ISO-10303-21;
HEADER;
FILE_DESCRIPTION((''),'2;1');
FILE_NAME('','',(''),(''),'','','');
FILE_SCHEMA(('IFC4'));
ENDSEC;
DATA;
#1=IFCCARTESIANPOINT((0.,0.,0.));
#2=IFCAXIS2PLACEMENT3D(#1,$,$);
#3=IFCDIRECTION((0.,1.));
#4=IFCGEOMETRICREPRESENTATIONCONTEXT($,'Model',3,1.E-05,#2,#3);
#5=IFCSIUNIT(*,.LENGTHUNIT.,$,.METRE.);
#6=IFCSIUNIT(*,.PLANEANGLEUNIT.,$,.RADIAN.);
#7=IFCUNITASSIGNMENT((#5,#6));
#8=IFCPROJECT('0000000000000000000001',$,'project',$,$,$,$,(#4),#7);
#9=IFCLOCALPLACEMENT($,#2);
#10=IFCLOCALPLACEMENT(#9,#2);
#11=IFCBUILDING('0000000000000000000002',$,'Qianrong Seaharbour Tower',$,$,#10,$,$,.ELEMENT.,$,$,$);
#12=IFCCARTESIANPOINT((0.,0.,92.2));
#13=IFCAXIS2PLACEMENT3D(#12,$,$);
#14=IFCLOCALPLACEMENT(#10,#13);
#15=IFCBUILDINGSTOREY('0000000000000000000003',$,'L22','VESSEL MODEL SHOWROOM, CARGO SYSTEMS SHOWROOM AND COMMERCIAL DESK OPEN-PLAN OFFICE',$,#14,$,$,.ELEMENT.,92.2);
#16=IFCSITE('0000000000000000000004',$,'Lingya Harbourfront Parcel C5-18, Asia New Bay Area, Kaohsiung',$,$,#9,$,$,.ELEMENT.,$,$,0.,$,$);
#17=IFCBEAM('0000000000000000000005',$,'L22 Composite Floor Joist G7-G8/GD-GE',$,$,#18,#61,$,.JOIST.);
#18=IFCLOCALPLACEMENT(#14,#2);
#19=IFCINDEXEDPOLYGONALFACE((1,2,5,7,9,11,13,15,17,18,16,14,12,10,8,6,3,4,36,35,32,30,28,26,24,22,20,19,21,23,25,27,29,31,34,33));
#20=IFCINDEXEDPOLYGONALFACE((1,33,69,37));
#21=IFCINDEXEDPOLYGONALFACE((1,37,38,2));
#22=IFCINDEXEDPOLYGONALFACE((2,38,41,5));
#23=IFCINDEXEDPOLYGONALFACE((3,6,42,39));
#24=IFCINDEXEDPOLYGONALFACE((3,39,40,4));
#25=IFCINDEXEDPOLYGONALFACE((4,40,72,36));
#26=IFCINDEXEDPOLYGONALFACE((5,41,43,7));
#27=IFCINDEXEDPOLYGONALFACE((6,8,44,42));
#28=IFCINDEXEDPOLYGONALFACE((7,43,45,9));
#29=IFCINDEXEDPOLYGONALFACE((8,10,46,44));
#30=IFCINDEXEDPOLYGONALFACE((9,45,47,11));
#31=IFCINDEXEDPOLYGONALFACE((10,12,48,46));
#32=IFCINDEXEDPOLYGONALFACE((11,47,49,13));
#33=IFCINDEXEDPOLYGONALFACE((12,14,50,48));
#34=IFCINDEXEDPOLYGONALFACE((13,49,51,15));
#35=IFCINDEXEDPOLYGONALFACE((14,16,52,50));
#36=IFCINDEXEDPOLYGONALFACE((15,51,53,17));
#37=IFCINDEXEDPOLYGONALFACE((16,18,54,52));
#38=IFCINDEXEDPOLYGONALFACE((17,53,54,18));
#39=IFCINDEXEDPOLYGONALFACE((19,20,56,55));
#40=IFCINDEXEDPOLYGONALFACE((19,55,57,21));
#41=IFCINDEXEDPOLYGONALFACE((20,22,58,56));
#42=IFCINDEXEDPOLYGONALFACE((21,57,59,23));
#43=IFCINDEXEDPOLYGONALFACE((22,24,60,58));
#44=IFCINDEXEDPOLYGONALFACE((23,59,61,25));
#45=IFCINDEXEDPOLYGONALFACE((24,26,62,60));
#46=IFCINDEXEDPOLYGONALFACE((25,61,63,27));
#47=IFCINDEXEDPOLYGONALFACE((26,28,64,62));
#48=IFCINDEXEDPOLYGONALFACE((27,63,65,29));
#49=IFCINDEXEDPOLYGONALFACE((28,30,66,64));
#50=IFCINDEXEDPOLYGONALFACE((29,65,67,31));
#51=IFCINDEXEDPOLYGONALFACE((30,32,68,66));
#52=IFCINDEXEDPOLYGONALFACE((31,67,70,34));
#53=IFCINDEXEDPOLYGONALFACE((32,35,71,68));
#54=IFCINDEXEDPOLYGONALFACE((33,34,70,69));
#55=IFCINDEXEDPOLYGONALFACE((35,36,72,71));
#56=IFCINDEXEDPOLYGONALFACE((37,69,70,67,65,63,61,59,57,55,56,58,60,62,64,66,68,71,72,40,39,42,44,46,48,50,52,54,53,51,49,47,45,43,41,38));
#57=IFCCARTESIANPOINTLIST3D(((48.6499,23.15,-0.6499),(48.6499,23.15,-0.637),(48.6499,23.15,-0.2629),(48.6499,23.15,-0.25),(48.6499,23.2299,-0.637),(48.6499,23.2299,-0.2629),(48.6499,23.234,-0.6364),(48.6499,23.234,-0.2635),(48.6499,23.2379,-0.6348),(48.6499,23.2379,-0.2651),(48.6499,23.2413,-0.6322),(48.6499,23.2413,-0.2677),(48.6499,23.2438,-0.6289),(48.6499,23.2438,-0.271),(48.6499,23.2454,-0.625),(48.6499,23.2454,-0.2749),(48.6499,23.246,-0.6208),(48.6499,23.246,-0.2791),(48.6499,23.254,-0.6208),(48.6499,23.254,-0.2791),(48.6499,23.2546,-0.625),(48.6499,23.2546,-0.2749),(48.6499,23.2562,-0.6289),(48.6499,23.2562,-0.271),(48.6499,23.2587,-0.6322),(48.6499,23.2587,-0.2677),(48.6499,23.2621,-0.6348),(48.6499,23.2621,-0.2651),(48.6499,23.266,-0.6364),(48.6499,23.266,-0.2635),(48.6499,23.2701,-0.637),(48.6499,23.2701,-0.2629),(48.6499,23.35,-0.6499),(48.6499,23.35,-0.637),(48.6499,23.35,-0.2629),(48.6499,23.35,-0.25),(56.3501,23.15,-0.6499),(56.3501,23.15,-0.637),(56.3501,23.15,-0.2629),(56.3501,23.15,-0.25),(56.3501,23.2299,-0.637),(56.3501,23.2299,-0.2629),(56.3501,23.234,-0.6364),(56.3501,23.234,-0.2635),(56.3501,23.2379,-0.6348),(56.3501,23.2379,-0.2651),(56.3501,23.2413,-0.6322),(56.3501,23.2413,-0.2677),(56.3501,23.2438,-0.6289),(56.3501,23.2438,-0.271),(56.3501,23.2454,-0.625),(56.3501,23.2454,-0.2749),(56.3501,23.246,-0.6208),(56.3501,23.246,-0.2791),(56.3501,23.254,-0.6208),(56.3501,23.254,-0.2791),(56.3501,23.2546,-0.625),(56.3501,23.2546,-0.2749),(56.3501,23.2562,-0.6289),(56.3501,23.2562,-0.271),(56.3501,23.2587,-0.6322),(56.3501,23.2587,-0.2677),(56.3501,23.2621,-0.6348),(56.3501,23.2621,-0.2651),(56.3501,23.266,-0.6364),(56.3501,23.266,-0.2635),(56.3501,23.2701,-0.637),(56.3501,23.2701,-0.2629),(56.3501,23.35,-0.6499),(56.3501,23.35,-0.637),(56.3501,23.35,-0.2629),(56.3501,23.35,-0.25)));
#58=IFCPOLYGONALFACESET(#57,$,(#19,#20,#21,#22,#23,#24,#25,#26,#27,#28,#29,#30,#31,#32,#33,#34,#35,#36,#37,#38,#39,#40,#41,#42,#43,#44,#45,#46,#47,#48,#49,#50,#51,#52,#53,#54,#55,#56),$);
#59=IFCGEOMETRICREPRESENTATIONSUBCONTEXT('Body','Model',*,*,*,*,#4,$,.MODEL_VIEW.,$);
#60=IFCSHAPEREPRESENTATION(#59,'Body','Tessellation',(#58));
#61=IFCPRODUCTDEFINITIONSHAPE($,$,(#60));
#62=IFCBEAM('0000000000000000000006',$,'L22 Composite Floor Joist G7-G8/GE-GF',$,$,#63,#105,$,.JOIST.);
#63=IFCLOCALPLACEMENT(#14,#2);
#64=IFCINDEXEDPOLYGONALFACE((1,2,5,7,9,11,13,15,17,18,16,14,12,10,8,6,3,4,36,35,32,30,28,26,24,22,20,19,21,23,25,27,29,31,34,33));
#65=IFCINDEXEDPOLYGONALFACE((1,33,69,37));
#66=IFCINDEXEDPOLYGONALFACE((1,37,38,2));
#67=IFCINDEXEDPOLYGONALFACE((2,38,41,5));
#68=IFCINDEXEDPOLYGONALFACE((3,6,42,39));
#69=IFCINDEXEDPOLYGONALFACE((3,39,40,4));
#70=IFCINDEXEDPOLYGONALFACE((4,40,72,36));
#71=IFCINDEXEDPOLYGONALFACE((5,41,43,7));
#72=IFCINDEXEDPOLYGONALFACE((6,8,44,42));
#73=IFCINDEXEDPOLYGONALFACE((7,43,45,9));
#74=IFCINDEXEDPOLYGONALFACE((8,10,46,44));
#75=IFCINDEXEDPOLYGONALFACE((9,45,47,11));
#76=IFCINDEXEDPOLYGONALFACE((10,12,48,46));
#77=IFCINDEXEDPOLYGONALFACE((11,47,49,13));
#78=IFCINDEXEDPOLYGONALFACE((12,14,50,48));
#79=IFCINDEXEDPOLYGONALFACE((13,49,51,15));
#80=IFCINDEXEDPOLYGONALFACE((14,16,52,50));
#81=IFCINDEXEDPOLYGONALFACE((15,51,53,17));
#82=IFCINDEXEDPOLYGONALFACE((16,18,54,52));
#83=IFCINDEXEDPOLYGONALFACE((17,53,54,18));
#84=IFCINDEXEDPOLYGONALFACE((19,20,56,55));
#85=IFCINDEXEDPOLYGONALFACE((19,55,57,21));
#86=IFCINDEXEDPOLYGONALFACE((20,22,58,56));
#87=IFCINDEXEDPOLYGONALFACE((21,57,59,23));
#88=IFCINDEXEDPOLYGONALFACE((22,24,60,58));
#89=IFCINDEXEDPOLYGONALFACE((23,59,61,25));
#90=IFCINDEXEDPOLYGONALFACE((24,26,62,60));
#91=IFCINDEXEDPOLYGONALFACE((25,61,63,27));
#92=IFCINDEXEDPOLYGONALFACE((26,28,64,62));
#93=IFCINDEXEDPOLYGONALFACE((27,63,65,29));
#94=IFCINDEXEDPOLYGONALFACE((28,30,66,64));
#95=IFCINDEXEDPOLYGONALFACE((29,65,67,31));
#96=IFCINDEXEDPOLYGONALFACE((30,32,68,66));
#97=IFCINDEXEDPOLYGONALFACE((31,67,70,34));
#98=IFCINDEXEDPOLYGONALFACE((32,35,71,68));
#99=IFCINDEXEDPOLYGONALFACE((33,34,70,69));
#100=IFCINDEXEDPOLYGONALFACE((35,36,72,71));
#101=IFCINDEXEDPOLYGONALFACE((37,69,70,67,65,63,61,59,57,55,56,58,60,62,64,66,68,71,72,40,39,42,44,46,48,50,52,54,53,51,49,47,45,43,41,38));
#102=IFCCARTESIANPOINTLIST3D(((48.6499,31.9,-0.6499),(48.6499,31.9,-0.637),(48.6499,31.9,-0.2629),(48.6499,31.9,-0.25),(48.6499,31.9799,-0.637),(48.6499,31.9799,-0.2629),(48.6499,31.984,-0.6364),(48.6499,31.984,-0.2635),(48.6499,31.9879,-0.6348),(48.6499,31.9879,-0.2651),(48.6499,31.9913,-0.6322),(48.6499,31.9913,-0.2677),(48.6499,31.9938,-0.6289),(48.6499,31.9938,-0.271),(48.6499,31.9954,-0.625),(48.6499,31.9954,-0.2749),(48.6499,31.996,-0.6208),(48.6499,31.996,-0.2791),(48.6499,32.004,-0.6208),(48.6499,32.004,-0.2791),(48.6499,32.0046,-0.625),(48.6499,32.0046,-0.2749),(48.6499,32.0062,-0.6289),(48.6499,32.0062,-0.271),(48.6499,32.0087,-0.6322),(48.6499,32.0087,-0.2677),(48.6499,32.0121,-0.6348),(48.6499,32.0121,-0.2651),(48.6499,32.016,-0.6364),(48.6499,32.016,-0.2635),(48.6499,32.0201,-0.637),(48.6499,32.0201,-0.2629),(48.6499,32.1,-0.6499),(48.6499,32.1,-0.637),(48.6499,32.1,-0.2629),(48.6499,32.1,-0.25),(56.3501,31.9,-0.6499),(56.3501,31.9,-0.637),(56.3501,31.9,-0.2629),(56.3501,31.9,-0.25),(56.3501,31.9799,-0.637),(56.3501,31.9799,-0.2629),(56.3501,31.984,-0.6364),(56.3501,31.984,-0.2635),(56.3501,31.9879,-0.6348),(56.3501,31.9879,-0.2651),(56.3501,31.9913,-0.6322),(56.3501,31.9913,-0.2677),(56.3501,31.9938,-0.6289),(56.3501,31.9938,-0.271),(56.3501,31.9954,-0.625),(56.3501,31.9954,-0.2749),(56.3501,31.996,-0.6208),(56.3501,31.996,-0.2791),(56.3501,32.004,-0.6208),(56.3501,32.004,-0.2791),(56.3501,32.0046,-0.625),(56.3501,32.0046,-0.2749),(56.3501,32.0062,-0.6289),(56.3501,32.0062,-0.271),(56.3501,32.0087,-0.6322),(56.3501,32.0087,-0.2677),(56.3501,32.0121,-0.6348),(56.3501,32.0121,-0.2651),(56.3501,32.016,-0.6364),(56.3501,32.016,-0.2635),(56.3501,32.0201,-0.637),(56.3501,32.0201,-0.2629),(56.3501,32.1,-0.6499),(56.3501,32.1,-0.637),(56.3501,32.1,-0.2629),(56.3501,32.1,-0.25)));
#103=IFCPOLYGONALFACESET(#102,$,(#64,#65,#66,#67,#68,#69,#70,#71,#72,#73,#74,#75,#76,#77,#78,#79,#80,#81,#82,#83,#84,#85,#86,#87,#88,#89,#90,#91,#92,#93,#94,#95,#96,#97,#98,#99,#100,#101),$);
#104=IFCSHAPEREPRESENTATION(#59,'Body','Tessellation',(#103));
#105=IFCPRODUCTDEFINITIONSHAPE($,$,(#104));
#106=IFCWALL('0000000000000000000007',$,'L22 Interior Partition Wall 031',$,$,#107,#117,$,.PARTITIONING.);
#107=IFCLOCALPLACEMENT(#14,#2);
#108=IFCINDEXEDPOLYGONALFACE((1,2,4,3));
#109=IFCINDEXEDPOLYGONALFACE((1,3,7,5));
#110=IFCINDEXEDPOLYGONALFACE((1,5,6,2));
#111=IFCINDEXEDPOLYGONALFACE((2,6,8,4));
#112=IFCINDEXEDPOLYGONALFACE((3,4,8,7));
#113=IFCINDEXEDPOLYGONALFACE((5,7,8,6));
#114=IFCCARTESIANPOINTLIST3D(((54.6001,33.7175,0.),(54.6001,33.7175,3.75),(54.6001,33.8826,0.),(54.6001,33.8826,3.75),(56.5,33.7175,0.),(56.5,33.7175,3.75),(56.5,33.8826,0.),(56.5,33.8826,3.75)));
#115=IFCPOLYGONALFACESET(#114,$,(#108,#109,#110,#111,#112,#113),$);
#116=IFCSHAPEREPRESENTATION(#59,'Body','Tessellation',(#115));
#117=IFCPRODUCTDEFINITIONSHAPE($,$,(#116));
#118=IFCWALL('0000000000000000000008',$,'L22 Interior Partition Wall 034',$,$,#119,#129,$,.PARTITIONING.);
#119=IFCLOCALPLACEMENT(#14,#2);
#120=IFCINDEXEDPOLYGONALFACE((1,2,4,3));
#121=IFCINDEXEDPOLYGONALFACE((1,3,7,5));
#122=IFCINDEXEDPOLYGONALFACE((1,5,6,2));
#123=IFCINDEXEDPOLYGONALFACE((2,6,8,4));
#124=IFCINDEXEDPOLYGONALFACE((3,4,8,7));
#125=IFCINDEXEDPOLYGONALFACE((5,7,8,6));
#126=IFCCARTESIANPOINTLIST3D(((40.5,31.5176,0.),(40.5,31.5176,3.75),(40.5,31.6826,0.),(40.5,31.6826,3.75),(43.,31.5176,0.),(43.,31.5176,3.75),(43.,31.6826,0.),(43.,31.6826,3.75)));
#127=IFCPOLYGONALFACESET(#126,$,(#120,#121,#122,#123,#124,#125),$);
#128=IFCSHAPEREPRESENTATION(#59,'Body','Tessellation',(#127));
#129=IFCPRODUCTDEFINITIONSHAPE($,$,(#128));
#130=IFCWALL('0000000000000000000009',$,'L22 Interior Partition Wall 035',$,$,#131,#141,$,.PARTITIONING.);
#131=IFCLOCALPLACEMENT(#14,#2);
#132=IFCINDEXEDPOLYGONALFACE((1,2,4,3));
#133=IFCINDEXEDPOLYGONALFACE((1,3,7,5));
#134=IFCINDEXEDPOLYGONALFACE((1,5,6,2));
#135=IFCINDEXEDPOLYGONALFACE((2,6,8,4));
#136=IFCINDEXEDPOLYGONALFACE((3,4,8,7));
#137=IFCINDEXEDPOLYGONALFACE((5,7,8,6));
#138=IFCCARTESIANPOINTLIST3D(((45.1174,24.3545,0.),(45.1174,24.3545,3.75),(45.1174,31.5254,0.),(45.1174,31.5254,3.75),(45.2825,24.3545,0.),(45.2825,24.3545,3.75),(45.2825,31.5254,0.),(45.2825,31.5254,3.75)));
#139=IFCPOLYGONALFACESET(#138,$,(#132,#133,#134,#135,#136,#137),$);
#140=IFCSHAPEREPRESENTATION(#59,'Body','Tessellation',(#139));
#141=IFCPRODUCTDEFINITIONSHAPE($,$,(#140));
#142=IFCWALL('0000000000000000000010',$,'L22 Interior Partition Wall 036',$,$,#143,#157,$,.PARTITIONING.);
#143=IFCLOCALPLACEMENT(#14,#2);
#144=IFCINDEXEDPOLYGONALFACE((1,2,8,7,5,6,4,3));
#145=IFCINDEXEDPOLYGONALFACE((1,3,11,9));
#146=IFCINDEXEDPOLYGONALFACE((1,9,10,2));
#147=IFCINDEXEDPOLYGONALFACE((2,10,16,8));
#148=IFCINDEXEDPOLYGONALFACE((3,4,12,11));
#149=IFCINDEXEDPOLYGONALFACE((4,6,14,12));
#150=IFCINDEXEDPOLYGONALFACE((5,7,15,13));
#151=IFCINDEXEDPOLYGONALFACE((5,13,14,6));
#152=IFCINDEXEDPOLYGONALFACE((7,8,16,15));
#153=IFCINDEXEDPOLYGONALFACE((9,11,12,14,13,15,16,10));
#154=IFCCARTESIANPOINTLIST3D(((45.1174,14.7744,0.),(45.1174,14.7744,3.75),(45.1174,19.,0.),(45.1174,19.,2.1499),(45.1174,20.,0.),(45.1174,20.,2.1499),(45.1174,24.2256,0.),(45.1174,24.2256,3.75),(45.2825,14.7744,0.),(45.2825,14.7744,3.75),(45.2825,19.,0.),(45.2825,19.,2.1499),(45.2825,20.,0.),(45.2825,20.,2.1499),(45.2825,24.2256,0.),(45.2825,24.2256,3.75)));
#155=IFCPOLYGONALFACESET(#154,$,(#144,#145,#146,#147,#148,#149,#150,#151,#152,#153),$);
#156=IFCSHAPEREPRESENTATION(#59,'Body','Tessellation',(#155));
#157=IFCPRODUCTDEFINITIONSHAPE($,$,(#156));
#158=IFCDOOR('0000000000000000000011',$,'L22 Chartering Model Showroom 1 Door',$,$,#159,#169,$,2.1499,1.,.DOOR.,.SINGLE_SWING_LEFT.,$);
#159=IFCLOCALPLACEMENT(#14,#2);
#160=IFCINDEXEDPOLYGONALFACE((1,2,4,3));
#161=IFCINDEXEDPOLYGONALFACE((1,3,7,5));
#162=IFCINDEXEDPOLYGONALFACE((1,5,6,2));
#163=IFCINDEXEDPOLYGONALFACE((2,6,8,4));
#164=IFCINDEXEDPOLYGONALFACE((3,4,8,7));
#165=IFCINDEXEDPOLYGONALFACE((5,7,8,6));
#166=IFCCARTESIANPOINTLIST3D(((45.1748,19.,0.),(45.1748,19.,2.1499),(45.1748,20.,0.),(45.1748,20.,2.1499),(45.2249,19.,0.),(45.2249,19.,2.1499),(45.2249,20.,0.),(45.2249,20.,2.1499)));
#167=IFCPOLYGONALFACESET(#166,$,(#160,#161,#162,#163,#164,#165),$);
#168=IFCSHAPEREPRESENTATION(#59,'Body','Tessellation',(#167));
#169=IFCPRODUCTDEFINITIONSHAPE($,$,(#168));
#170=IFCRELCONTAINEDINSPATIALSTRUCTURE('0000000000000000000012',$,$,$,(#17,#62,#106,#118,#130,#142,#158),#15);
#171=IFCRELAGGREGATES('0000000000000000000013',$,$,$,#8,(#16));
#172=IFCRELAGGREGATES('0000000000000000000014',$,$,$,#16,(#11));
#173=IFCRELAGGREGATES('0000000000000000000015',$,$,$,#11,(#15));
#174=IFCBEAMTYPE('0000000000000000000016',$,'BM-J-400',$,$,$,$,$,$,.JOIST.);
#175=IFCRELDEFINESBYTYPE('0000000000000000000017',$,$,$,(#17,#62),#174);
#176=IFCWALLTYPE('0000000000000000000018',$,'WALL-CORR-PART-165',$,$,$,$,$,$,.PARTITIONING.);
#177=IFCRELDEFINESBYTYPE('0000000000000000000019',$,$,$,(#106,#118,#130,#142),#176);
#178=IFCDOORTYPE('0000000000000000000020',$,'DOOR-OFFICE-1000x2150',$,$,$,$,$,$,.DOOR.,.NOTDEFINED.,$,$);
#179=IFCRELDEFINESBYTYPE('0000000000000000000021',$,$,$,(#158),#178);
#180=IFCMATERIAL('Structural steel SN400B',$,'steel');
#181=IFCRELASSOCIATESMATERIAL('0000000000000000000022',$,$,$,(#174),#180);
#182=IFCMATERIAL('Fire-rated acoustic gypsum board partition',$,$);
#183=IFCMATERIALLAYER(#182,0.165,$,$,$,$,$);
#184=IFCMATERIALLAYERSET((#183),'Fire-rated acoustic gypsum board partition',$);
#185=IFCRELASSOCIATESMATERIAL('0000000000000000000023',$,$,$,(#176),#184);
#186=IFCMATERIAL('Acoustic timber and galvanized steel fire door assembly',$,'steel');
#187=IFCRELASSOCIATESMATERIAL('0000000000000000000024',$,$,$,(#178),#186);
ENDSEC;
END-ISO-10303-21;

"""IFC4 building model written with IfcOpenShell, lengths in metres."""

from ifc_helpers import new_model, si_unit, direction, frame, frame_2d, origin, origin_2d, place, context, subcontext, project, spatial, rectangle, i_section, extrude, material, layer, layer_set, material_profile, profile_set, type_object, element, fill, save


model = new_model("IFC4")

# Units and contexts
model_context = context("Model", 3, precision=1e-05, world=origin(), true_north=direction((0.0, 1.0)))
body_context = subcontext(model_context, "Body", "Model", "MODEL_VIEW")
ifc_project = project(units=[si_unit("LENGTHUNIT", "METRE"), si_unit("PLANEANGLEUNIT", "RADIAN")], contexts=[model_context])

# Site, building, storey
site_placement = place(None, origin())
site = spatial("IfcSite", under=ifc_project, at=site_placement, Name="Lingya Harbourfront Parcel C5-18, Asia New Bay Area, Kaohsiung", CompositionType="ELEMENT", RefElevation=0.0)
building_placement = place(site_placement, origin())
building = spatial("IfcBuilding", under=site, at=building_placement, Name="Qianrong Seaharbour Tower", CompositionType="ELEMENT")
storey_placement = place(building_placement, frame((0.0, 0.0, 92.2)))
storey = spatial("IfcBuildingStorey", under=building, at=storey_placement, Name="L22", Description="VESSEL MODEL SHOWROOM, CARGO SYSTEMS SHOWROOM AND COMMERCIAL DESK OPEN-PLAN OFFICE", CompositionType="ELEMENT", Elevation=92.2)

# Beams
ifc_material_1 = material(Name="Structural steel SN400B", Category="steel")
ifc_material_profile_1 = material_profile(ifc_material_1, i_section(OverallWidth=0.2, OverallDepth=0.3999, WebThickness=0.0081, FlangeThickness=0.0129, FilletRadius=0.0161, at=origin_2d()), Name="H400x200x8x13")
ifc_profile_set_1 = profile_set([ifc_material_profile_1], Name="Structural steel SN400B")
beam_type_1 = type_object("IfcBeamType", Name="BM-J-400", PredefinedType="JOIST", material=ifc_profile_set_1)
for number, where, z_axis, x_axis, name in (
    (1, (48.6499, 23.25, -0.45), (1.0, 0.0, 0.0), (0.0, 1.0, 0.0), "L22 Composite Floor Joist G7-G8/GD-GE"),
    (2, (48.6499, 32.0, -0.45), (1.0, 0.0, 0.0), (0.0, 1.0, 0.0), "L22 Composite Floor Joist G7-G8/GE-GF"),
):
    element("IfcBeam", number, at=place(storey_placement, frame(where, z_axis=z_axis, x_axis=x_axis)), inside=storey, type_object=beam_type_1, Name=name, PredefinedType="JOIST", context=body_context, shape_type="SweptSolid", body=[
        extrude(i_section(OverallWidth=0.2, OverallDepth=0.3999, WebThickness=0.0081, FlangeThickness=0.0129, FilletRadius=0.0161, at=origin_2d()), origin(), (0.0, 0.0, 1.0), 7.7002),
    ])

# Walls
ifc_material_2 = material(Name="Fire-rated acoustic gypsum board partition")
ifc_layer_1 = layer(ifc_material_2, 0.165)
ifc_layer_set_1 = layer_set([ifc_layer_1], Name="Fire-rated acoustic gypsum board partition")
wall_type_1 = type_object("IfcWallType", Name="WALL-CORR-PART-165", PredefinedType="PARTITIONING", material=ifc_layer_set_1)
wall_1_placement = place(storey_placement, frame((54.6001, 33.8, 0.0), z_axis=(0.0, 0.0, 1.0), x_axis=(1.0, 0.0, 0.0)))
element("IfcWall", 3, at=wall_1_placement, inside=storey, type_object=wall_type_1, Name="L22 Interior Partition Wall 031", PredefinedType="PARTITIONING", context=body_context, shape_type="SweptSolid", body=[
    extrude(rectangle(XDim=1.8999, YDim=0.165, at=frame_2d((0.95, 0.0))), origin(), (0.0, 0.0, 1.0), 3.75),
])
wall_2_placement = place(storey_placement, frame((43.0, 31.6001, 0.0), z_axis=(0.0, 0.0, 1.0), x_axis=(-1.0, 0.0, 0.0)))
element("IfcWall", 4, at=wall_2_placement, inside=storey, type_object=wall_type_1, Name="L22 Interior Partition Wall 034", PredefinedType="PARTITIONING", context=body_context, shape_type="SweptSolid", body=[
    extrude(rectangle(XDim=2.5, YDim=0.165, at=frame_2d((1.25, 0.0))), origin(), (0.0, 0.0, 1.0), 3.75),
])
wall_3_placement = place(storey_placement, frame((45.2, 31.5254, 0.0), z_axis=(0.0, 0.0, 1.0), x_axis=(0.0, -1.0, 0.0)))
element("IfcWall", 5, at=wall_3_placement, inside=storey, type_object=wall_type_1, Name="L22 Interior Partition Wall 035", PredefinedType="PARTITIONING", context=body_context, shape_type="SweptSolid", body=[
    extrude(rectangle(XDim=7.1709, YDim=0.165, at=frame_2d((3.5854, 0.0))), origin(), (0.0, 0.0, 1.0), 3.75),
])

# Wall, opening, door
wall_4_placement = place(storey_placement, frame((45.2, 24.2256, 0.0), z_axis=(0.0, 0.0, 1.0), x_axis=(0.0, -1.0, 0.0)))
wall_4 = element("IfcWall", 6, at=wall_4_placement, inside=storey, type_object=wall_type_1, Name="L22 Interior Partition Wall 036", PredefinedType="PARTITIONING", context=body_context, shape_type="SweptSolid", body=[
    extrude(rectangle(XDim=9.4512, YDim=0.165, at=frame_2d((4.7256, 0.0))), origin(), (0.0, 0.0, 1.0), 3.75),
])
opening_1_placement = place(wall_4_placement, frame((4.2256, 0.0, 0.0)))
opening_1 = element("IfcOpeningElement", 7, at=opening_1_placement, cuts=wall_4, PredefinedType="OPENING", context=body_context, shape_type="SweptSolid", body=[
    extrude(rectangle(XDim=1.0, YDim=2.1499, at=frame_2d((0.5, 1.075))), frame((0.0, 0.0925, 0.0), z_axis=(0.0, -1.0, 0.0), x_axis=(1.0, 0.0, 0.0)), (0.0, 0.0, 1.0), 0.1851),
])
ifc_material_3 = material(Name="Acoustic timber and galvanized steel fire door assembly", Category="steel")
door_type = type_object("IfcDoorType", Name="DOOR-OFFICE-1000x2150", OperationType="NOTDEFINED", PredefinedType="DOOR", material=ifc_material_3)
door_1_placement = place(opening_1_placement, origin())
door_1 = element("IfcDoor", 8, at=door_1_placement, inside=storey, type_object=door_type, Name="L22 Chartering Model Showroom 1 Door", OperationType="SINGLE_SWING_LEFT", OverallHeight=2.1499, OverallWidth=1.0, PredefinedType="DOOR", context=body_context, shape_type="SweptSolid", body=[
    extrude(rectangle(XDim=1.0, YDim=2.1499, at=frame_2d((0.5, 1.075))), frame((0.0, 0.0249, 0.0), z_axis=(0.0, -1.0, 0.0), x_axis=(1.0, 0.0, 0.0)), (0.0, 0.0, 1.0), 0.05),
])
fill(opening_1, door_1)

save(model, "model.ifc")
